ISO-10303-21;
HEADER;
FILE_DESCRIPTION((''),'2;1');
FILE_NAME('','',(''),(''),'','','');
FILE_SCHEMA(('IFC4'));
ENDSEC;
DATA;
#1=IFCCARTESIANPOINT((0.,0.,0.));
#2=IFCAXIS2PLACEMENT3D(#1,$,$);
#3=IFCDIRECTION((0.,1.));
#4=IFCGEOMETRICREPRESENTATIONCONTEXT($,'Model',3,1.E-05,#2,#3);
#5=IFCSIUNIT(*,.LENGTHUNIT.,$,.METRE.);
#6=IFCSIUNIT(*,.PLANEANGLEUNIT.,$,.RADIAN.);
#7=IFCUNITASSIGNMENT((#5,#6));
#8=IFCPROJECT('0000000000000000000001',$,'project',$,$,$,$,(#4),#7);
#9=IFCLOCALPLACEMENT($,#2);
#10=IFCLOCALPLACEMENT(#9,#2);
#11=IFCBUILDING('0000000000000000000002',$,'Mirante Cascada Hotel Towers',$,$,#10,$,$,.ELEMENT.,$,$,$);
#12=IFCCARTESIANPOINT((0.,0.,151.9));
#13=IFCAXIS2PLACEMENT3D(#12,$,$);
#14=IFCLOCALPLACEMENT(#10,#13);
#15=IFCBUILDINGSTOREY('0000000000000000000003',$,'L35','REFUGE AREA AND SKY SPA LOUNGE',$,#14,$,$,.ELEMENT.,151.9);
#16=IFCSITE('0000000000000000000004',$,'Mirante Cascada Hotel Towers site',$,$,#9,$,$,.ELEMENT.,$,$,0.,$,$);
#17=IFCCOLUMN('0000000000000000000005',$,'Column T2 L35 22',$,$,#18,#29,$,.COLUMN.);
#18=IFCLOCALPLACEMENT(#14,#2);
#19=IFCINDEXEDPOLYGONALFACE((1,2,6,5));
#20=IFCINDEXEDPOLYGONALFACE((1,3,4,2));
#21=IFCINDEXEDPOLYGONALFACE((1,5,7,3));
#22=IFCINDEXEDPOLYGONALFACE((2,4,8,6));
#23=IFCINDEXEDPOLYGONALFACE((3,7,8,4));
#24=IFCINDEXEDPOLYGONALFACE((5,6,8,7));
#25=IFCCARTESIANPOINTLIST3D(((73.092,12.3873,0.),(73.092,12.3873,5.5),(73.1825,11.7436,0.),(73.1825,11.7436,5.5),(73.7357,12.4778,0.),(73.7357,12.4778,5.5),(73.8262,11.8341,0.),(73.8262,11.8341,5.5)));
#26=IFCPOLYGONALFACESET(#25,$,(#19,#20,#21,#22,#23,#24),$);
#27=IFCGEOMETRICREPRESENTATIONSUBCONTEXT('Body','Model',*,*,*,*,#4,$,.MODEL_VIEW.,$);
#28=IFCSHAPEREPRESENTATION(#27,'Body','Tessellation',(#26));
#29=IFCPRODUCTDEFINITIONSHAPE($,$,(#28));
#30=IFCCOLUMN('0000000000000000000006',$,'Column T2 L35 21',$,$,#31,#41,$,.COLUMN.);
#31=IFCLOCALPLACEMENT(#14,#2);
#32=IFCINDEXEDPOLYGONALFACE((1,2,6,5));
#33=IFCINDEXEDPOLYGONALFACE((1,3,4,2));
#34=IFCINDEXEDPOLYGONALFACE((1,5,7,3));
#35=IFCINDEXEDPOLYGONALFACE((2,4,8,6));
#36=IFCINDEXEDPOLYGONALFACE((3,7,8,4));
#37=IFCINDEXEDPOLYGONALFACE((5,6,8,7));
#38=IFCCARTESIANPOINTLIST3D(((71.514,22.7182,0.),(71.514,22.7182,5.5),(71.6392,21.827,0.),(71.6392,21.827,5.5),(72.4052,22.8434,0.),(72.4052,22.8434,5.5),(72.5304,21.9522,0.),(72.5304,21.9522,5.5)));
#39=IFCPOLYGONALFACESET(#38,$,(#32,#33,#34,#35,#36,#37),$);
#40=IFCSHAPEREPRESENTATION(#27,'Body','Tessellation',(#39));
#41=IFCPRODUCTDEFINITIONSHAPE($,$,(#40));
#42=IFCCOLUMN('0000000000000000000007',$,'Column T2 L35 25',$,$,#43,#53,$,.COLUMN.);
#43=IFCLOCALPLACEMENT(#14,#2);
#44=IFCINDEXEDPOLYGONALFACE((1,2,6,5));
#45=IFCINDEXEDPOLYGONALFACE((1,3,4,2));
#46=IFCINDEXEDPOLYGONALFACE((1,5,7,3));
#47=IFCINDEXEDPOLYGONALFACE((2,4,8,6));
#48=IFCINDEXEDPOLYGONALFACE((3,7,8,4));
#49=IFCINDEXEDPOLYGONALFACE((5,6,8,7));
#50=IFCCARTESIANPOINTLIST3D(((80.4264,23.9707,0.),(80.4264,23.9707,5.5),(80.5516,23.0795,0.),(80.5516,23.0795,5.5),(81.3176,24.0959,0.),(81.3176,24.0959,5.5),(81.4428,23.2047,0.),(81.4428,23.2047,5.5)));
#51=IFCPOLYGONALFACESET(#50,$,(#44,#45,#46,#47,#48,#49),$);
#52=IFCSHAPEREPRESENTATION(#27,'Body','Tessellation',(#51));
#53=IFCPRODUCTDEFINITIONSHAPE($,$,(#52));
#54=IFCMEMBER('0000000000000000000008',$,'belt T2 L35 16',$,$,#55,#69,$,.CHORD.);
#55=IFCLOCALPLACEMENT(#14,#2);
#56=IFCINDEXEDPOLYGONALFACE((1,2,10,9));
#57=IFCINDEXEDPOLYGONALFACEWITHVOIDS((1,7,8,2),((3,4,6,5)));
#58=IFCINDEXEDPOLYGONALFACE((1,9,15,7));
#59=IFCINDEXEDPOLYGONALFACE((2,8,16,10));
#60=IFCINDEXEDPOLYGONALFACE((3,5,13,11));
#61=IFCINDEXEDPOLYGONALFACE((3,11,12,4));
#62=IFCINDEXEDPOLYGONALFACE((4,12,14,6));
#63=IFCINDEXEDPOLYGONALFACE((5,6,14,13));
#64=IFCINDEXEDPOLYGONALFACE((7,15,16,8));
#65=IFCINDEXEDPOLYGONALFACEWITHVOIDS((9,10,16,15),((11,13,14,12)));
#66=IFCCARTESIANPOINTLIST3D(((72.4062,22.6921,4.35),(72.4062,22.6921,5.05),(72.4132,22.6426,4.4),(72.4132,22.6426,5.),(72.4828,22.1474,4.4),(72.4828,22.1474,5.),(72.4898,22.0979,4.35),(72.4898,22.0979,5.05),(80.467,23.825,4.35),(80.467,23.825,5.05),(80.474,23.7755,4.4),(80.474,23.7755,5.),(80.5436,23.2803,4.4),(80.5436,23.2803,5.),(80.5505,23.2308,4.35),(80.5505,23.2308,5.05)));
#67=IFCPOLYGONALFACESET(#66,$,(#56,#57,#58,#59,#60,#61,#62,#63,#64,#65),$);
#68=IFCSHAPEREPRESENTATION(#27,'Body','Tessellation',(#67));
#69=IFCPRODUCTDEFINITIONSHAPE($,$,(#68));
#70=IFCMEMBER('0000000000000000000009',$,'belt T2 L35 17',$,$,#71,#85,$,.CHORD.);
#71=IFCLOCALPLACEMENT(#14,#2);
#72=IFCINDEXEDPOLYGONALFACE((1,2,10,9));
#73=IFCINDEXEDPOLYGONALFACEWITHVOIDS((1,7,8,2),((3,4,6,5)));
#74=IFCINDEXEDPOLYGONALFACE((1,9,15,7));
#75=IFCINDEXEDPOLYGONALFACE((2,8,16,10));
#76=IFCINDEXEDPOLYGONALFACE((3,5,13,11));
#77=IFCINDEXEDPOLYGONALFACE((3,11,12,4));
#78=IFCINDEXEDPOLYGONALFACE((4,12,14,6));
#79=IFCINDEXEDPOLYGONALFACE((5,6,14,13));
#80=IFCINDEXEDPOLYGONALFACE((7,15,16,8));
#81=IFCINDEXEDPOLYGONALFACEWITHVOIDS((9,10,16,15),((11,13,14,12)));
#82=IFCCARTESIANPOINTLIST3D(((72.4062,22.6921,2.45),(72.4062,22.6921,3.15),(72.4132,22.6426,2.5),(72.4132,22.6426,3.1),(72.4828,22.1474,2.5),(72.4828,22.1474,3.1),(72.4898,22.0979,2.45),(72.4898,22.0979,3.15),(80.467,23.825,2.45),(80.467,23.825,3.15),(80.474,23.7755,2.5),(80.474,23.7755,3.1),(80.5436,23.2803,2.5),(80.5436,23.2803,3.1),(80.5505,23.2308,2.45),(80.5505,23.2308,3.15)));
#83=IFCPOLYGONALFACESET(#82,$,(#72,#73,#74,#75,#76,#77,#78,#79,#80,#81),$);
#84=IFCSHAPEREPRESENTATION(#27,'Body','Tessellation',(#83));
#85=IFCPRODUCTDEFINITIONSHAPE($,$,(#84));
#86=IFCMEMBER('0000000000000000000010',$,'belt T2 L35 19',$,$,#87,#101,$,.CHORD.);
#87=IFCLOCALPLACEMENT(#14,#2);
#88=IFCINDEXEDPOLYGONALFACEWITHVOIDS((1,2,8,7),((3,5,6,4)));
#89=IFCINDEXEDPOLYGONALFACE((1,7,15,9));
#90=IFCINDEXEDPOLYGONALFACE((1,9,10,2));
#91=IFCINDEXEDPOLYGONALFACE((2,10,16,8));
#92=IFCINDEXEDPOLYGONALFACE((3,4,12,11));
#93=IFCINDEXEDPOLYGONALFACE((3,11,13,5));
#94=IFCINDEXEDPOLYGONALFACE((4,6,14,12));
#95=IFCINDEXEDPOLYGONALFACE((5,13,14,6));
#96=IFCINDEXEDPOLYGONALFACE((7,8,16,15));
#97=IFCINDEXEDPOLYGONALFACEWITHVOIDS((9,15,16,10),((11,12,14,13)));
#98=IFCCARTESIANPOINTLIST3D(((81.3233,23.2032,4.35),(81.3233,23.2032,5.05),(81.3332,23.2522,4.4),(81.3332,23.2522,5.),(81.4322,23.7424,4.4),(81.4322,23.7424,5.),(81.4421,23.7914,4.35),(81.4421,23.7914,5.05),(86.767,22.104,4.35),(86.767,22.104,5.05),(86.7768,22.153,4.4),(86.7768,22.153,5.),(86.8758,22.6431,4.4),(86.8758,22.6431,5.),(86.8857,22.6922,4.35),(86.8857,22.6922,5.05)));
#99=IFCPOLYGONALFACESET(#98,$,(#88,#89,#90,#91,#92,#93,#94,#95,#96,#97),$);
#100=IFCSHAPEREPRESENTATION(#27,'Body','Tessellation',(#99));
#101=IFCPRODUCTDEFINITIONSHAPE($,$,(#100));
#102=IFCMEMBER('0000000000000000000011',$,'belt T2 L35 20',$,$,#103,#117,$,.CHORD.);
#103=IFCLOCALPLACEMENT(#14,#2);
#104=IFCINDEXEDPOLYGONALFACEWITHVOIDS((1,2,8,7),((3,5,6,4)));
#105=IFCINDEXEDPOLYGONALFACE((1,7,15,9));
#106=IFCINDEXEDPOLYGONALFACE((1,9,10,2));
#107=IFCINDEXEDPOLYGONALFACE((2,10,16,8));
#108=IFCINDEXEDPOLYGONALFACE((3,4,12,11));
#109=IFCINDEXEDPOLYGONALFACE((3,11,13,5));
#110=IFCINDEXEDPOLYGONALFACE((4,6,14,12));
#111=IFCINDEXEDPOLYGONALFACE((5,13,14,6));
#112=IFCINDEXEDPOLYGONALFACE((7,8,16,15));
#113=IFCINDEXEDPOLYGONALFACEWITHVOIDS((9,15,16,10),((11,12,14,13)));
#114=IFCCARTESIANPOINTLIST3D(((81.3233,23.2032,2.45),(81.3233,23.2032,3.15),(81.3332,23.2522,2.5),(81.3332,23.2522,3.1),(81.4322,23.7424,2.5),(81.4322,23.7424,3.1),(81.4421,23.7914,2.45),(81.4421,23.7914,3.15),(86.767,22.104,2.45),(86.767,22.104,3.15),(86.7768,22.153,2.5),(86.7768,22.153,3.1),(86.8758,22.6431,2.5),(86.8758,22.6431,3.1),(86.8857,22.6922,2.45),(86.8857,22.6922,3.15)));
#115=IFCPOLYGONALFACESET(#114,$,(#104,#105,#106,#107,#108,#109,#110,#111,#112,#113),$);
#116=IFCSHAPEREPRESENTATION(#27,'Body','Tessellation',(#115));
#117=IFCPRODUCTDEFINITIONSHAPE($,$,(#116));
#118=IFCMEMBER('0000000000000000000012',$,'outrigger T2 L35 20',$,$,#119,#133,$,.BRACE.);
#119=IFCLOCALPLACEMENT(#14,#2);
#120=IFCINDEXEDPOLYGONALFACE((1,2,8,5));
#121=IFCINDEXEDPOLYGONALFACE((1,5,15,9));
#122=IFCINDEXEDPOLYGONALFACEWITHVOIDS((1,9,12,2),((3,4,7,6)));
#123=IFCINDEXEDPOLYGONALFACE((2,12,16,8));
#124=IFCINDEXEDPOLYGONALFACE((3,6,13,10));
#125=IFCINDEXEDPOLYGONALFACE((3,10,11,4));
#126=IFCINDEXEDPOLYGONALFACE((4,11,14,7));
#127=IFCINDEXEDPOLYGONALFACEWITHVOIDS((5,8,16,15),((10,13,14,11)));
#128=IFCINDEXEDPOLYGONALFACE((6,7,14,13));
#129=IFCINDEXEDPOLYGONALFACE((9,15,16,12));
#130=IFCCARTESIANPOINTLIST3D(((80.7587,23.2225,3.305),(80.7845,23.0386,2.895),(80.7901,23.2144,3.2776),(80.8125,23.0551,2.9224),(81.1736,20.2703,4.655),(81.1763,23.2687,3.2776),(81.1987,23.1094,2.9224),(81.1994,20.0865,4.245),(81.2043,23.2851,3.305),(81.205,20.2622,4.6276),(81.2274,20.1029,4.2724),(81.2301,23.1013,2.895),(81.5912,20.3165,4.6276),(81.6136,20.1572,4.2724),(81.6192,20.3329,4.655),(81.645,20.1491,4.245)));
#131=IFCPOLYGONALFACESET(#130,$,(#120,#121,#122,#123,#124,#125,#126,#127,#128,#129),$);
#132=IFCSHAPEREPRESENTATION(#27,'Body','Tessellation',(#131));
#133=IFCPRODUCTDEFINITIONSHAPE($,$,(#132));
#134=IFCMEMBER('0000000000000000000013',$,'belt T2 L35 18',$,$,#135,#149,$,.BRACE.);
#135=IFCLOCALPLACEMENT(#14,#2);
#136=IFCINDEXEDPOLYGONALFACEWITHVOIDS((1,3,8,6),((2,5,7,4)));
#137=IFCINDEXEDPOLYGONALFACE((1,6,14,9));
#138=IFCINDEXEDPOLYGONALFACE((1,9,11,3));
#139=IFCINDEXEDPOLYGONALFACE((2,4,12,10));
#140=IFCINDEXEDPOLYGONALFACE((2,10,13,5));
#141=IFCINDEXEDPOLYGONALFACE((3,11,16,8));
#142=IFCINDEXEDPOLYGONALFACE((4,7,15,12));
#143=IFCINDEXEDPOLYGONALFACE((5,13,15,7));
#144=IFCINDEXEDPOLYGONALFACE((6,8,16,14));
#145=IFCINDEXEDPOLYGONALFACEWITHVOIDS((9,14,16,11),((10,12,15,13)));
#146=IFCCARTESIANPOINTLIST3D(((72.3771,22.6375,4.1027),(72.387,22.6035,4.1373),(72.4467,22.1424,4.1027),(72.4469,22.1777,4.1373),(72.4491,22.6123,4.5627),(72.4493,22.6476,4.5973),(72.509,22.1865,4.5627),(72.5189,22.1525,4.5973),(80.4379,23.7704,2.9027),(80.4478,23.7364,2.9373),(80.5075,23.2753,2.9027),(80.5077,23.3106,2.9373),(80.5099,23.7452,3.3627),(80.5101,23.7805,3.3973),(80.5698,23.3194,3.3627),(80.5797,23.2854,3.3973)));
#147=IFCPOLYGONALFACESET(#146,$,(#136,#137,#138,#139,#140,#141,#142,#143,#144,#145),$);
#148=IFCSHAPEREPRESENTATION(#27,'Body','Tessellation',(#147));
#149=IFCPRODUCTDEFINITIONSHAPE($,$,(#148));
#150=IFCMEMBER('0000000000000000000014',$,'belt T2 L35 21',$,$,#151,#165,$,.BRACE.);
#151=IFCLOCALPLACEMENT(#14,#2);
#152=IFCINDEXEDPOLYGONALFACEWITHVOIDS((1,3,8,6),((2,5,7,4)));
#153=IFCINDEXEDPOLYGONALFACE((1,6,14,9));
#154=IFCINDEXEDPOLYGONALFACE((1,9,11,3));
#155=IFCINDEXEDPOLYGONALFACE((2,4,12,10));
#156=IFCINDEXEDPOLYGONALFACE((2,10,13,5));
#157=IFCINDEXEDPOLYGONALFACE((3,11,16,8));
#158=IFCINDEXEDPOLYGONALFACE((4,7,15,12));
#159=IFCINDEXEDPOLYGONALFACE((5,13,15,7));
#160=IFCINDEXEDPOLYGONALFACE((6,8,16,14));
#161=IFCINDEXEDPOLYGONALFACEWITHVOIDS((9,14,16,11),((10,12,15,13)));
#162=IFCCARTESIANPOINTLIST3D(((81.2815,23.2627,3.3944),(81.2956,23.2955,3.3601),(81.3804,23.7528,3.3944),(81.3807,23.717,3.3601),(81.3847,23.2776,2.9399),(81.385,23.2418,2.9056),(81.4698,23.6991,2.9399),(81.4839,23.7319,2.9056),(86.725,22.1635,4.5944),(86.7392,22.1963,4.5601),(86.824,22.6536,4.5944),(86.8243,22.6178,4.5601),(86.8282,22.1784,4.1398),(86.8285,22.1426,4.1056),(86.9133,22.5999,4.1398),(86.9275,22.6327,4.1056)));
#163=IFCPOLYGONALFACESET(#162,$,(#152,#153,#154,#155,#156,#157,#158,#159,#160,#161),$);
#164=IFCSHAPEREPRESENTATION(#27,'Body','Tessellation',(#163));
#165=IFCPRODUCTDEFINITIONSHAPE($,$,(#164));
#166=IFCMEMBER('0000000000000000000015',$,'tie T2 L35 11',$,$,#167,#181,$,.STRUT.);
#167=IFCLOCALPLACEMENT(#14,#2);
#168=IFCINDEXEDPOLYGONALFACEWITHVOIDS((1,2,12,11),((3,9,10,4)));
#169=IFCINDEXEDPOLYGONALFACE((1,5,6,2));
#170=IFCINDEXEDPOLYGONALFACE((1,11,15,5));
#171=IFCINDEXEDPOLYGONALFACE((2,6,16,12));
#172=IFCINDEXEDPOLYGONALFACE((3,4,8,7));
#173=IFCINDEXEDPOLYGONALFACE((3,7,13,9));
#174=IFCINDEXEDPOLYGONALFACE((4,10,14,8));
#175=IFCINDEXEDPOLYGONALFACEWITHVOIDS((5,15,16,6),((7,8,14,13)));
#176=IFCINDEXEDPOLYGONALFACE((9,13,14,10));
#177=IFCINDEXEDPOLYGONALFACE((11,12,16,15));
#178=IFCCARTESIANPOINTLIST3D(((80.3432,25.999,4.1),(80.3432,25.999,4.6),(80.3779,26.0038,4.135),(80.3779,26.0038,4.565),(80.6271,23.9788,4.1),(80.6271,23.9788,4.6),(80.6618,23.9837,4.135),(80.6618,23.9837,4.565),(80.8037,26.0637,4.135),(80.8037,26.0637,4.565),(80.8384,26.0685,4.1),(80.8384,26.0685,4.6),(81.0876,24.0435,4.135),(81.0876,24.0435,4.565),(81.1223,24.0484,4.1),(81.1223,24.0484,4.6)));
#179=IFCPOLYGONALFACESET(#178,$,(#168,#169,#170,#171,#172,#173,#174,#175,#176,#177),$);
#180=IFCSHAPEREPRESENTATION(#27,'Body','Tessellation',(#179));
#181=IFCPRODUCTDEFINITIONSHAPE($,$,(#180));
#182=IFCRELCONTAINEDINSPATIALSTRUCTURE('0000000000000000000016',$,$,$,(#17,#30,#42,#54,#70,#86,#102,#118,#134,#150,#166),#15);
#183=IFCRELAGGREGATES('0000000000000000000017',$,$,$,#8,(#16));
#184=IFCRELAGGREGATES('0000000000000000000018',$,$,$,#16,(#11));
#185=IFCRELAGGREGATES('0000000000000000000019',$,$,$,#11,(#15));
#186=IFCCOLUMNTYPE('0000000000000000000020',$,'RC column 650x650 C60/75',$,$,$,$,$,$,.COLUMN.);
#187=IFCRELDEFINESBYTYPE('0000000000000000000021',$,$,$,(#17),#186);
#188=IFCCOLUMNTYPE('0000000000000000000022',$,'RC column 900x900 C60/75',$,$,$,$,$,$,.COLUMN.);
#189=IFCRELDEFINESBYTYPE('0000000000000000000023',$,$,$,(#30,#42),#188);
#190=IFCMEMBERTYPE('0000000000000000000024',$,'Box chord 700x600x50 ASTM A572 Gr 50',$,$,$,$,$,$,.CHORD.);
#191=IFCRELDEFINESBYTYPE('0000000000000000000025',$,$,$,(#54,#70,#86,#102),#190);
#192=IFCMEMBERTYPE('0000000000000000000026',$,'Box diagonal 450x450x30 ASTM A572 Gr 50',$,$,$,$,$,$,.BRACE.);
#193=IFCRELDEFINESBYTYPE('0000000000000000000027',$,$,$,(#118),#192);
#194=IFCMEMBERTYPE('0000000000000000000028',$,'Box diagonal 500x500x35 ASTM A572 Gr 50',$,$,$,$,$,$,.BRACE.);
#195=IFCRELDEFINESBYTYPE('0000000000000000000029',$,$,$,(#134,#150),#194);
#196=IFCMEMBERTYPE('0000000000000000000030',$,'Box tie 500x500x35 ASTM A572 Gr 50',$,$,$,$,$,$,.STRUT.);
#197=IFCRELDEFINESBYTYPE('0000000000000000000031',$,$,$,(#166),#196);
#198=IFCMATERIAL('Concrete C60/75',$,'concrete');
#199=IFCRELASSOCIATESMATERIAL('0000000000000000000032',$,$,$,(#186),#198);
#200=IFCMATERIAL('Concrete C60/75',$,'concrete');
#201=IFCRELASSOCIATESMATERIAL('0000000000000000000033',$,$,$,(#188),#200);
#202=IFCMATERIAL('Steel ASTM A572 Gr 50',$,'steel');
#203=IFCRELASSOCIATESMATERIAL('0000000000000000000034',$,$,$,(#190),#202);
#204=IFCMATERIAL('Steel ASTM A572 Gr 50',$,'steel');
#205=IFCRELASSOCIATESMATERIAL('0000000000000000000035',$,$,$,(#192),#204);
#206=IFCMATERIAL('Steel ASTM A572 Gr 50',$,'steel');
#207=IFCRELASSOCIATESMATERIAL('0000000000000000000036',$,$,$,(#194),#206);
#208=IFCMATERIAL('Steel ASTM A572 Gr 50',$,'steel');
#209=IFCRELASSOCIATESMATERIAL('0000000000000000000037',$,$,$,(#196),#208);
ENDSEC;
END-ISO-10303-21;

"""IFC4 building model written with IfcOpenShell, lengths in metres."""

from ifc_helpers import new_model, si_unit, direction, frame, origin, origin_2d, place, context, subcontext, project, spatial, rectangle, hollow_rectangle, extrude, material, material_profile, profile_set, type_object, element, save


model = new_model("IFC4")

# Units and contexts
model_context = context("Model", 3, precision=1e-05, world=origin(), true_north=direction((0.0, 1.0)))
body_context = subcontext(model_context, "Body", "Model", "MODEL_VIEW")
ifc_project = project(units=[si_unit("LENGTHUNIT", "METRE"), si_unit("PLANEANGLEUNIT", "RADIAN")], contexts=[model_context])

# Site, building, storey
site_placement = place(None, origin())
site = spatial("IfcSite", under=ifc_project, at=site_placement, Name="Mirante Cascada Hotel Towers site", CompositionType="ELEMENT", RefElevation=0.0)
building_placement = place(site_placement, origin())
building = spatial("IfcBuilding", under=site, at=building_placement, Name="Mirante Cascada Hotel Towers", CompositionType="ELEMENT")
storey_placement = place(building_placement, frame((0.0, 0.0, 151.9)))
storey = spatial("IfcBuildingStorey", under=building, at=storey_placement, Name="L35", Description="REFUGE AREA AND SKY SPA LOUNGE", CompositionType="ELEMENT", Elevation=151.9)

# Columns
ifc_material_1 = material(Name="Concrete C60/75", Category="concrete")
ifc_material_profile_1 = material_profile(ifc_material_1, rectangle(XDim=0.65, YDim=0.65, at=origin_2d()), Name="RC column 650x650 C60/75")
ifc_profile_set_1 = profile_set([ifc_material_profile_1], Name="Concrete C60/75")
column_type_1 = type_object("IfcColumnType", Name="RC column 650x650 C60/75", PredefinedType="COLUMN", material=ifc_profile_set_1)
column_placement = place(storey_placement, frame((73.4591, 12.1107, 0.0), z_axis=(0.0, 0.0, 1.0), x_axis=(0.990268, 0.139173, 0.0)))
element("IfcColumn", 1, at=column_placement, inside=storey, type_object=column_type_1, Name="Column T2 L35 22", PredefinedType="COLUMN", context=body_context, shape_type="SweptSolid", body=[
    extrude(rectangle(XDim=0.65, YDim=0.65, at=origin_2d()), origin(), (0.0, 0.0, 1.0), 5.5),
])
ifc_material_2 = material(Name="Concrete C60/75", Category="concrete")
ifc_material_profile_2 = material_profile(ifc_material_2, rectangle(XDim=0.9, YDim=0.9, at=origin_2d()), Name="RC column 900x900 C60/75")
ifc_profile_set_2 = profile_set([ifc_material_profile_2], Name="Concrete C60/75")
column_type_2 = type_object("IfcColumnType", Name="RC column 900x900 C60/75", PredefinedType="COLUMN", material=ifc_profile_set_2)
for number, where, z_axis, x_axis, name in (
    (2, (72.0222, 22.3352, 0.0), (0.0, 0.0, 1.0), (0.990268, 0.139173, 0.0), "Column T2 L35 21"),
    (3, (80.9346, 23.5877, 0.0), (0.0, 0.0, 1.0), (0.990268, 0.139173, 0.0), "Column T2 L35 25"),
):
    element("IfcColumn", number, at=place(storey_placement, frame(where, z_axis=z_axis, x_axis=x_axis)), inside=storey, type_object=column_type_2, Name=name, PredefinedType="COLUMN", context=body_context, shape_type="SweptSolid", body=[
        extrude(rectangle(XDim=0.9, YDim=0.9, at=origin_2d()), origin(), (0.0, 0.0, 1.0), 5.5),
    ])

# Members
ifc_material_3 = material(Name="Steel ASTM A572 Gr 50", Category="steel")
ifc_material_profile_3 = material_profile(ifc_material_3, hollow_rectangle(XDim=0.6, YDim=0.7, WallThickness=0.05, at=origin_2d()), Name="Box chord 700x600x50 ASTM A572 Gr 50")
ifc_profile_set_3 = profile_set([ifc_material_profile_3], Name="Steel ASTM A572 Gr 50")
member_type_1 = type_object("IfcMemberType", Name="Box chord 700x600x50 ASTM A572 Gr 50", PredefinedType="CHORD", material=ifc_profile_set_3)
for number, where, z_axis, x_axis, name in (
    (4, (72.448, 22.395, 4.7), (0.990268, 0.139177, 0.0), (-0.139177, 0.990268, 0.0), "belt T2 L35 16"),
    (5, (72.448, 22.395, 2.8), (0.990268, 0.139177, 0.0), (-0.139177, 0.990268, 0.0), "belt T2 L35 17"),
):
    element("IfcMember", number, at=place(storey_placement, frame(where, z_axis=z_axis, x_axis=x_axis)), inside=storey, type_object=member_type_1, Name=name, PredefinedType="CHORD", context=body_context, shape_type="SweptSolid", body=[
        extrude(hollow_rectangle(XDim=0.6, YDim=0.7, WallThickness=0.05, at=origin_2d()), origin(), (0.0, 0.0, 1.0), 8.14),
    ])
for number, where, z_axis, x_axis, name in (
    (6, (81.3827, 23.4973, 4.7), (0.980216, -0.19793, 0.0), (0.19793, 0.980216, 0.0), "belt T2 L35 19"),
    (7, (81.3827, 23.4973, 2.8), (0.980216, -0.19793, 0.0), (0.19793, 0.980216, 0.0), "belt T2 L35 20"),
):
    element("IfcMember", number, at=place(storey_placement, frame(where, z_axis=z_axis, x_axis=x_axis)), inside=storey, type_object=member_type_1, Name=name, PredefinedType="CHORD", context=body_context, shape_type="SweptSolid", body=[
        extrude(hollow_rectangle(XDim=0.6, YDim=0.7, WallThickness=0.05, at=origin_2d()), origin(), (0.0, 0.0, 1.0), 5.5535),
    ])
ifc_material_4 = material(Name="Steel ASTM A572 Gr 50", Category="steel")
ifc_material_profile_4 = material_profile(ifc_material_4, hollow_rectangle(XDim=0.45, YDim=0.45, WallThickness=0.03, at=origin_2d()), Name="Box diagonal 450x450x30 ASTM A572 Gr 50")
ifc_profile_set_4 = profile_set([ifc_material_profile_4], Name="Steel ASTM A572 Gr 50")
member_type_2 = type_object("IfcMemberType", Name="Box diagonal 450x450x30 ASTM A572 Gr 50", PredefinedType="BRACE", material=ifc_profile_set_4)
member_1_placement = place(storey_placement, frame((81.4093, 20.2097, 4.45), z_axis=(-0.126779, 0.902087, -0.412512), x_axis=(-0.990268, -0.139172, 0.0)))
element("IfcMember", 8, at=member_1_placement, inside=storey, type_object=member_type_2, Name="outrigger T2 L35 20", PredefinedType="BRACE", context=body_context, shape_type="SweptSolid", body=[
    extrude(hollow_rectangle(XDim=0.45, YDim=0.45, WallThickness=0.03, at=origin_2d()), origin(), (0.0, 0.0, 1.0), 3.2726),
])
ifc_material_5 = material(Name="Steel ASTM A572 Gr 50", Category="steel")
ifc_material_profile_5 = material_profile(ifc_material_5, hollow_rectangle(XDim=0.5, YDim=0.5, WallThickness=0.035, at=origin_2d()), Name="Box diagonal 500x500x35 ASTM A572 Gr 50")
ifc_profile_set_5 = profile_set([ifc_material_profile_5], Name="Steel ASTM A572 Gr 50")
member_type_3 = type_object("IfcMemberType", Name="Box diagonal 500x500x35 ASTM A572 Gr 50", PredefinedType="BRACE", material=ifc_profile_set_5)
member_2_placement = place(storey_placement, frame((72.448, 22.395, 4.35), z_axis=(0.979679, 0.137688, -0.145843), x_axis=(-0.139177, 0.990268, 0.0)))
element("IfcMember", 9, at=member_2_placement, inside=storey, type_object=member_type_3, Name="belt T2 L35 18", PredefinedType="BRACE", context=body_context, shape_type="SweptSolid", body=[
    extrude(hollow_rectangle(XDim=0.5, YDim=0.5, WallThickness=0.035, at=origin_2d()), origin(), (0.0, 0.0, 1.0), 8.228),
])
member_3_placement = place(storey_placement, frame((81.3827, 23.4973, 3.15), z_axis=(0.958104, -0.193465, 0.211207), x_axis=(0.19793, 0.980216, 0.0)))
element("IfcMember", 10, at=member_3_placement, inside=storey, type_object=member_type_3, Name="belt T2 L35 21", PredefinedType="BRACE", context=body_context, shape_type="SweptSolid", body=[
    extrude(hollow_rectangle(XDim=0.5, YDim=0.5, WallThickness=0.035, at=origin_2d()), origin(), (0.0, 0.0, 1.0), 5.6816),
])
ifc_material_6 = material(Name="Steel ASTM A572 Gr 50", Category="steel")
ifc_material_profile_6 = material_profile(ifc_material_6, hollow_rectangle(XDim=0.5, YDim=0.5, WallThickness=0.035, at=origin_2d()), Name="Box tie 500x500x35 ASTM A572 Gr 50")
ifc_profile_set_6 = profile_set([ifc_material_profile_6], Name="Steel ASTM A572 Gr 50")
member_type_4 = type_object("IfcMemberType", Name="Box tie 500x500x35 ASTM A572 Gr 50", PredefinedType="STRUT", material=ifc_profile_set_6)
member_4_placement = place(storey_placement, frame((80.8747, 24.0136, 4.35), z_axis=(-0.13917, 0.990268, 0.0), x_axis=(-0.990268, -0.13917, 0.0)))
element("IfcMember", 11, at=member_4_placement, inside=storey, type_object=member_type_4, Name="tie T2 L35 11", PredefinedType="STRUT", context=body_context, shape_type="SweptSolid", body=[
    extrude(hollow_rectangle(XDim=0.5, YDim=0.5, WallThickness=0.035, at=origin_2d()), origin(), (0.0, 0.0, 1.0), 2.04),
])

save(model, "model.ifc")
